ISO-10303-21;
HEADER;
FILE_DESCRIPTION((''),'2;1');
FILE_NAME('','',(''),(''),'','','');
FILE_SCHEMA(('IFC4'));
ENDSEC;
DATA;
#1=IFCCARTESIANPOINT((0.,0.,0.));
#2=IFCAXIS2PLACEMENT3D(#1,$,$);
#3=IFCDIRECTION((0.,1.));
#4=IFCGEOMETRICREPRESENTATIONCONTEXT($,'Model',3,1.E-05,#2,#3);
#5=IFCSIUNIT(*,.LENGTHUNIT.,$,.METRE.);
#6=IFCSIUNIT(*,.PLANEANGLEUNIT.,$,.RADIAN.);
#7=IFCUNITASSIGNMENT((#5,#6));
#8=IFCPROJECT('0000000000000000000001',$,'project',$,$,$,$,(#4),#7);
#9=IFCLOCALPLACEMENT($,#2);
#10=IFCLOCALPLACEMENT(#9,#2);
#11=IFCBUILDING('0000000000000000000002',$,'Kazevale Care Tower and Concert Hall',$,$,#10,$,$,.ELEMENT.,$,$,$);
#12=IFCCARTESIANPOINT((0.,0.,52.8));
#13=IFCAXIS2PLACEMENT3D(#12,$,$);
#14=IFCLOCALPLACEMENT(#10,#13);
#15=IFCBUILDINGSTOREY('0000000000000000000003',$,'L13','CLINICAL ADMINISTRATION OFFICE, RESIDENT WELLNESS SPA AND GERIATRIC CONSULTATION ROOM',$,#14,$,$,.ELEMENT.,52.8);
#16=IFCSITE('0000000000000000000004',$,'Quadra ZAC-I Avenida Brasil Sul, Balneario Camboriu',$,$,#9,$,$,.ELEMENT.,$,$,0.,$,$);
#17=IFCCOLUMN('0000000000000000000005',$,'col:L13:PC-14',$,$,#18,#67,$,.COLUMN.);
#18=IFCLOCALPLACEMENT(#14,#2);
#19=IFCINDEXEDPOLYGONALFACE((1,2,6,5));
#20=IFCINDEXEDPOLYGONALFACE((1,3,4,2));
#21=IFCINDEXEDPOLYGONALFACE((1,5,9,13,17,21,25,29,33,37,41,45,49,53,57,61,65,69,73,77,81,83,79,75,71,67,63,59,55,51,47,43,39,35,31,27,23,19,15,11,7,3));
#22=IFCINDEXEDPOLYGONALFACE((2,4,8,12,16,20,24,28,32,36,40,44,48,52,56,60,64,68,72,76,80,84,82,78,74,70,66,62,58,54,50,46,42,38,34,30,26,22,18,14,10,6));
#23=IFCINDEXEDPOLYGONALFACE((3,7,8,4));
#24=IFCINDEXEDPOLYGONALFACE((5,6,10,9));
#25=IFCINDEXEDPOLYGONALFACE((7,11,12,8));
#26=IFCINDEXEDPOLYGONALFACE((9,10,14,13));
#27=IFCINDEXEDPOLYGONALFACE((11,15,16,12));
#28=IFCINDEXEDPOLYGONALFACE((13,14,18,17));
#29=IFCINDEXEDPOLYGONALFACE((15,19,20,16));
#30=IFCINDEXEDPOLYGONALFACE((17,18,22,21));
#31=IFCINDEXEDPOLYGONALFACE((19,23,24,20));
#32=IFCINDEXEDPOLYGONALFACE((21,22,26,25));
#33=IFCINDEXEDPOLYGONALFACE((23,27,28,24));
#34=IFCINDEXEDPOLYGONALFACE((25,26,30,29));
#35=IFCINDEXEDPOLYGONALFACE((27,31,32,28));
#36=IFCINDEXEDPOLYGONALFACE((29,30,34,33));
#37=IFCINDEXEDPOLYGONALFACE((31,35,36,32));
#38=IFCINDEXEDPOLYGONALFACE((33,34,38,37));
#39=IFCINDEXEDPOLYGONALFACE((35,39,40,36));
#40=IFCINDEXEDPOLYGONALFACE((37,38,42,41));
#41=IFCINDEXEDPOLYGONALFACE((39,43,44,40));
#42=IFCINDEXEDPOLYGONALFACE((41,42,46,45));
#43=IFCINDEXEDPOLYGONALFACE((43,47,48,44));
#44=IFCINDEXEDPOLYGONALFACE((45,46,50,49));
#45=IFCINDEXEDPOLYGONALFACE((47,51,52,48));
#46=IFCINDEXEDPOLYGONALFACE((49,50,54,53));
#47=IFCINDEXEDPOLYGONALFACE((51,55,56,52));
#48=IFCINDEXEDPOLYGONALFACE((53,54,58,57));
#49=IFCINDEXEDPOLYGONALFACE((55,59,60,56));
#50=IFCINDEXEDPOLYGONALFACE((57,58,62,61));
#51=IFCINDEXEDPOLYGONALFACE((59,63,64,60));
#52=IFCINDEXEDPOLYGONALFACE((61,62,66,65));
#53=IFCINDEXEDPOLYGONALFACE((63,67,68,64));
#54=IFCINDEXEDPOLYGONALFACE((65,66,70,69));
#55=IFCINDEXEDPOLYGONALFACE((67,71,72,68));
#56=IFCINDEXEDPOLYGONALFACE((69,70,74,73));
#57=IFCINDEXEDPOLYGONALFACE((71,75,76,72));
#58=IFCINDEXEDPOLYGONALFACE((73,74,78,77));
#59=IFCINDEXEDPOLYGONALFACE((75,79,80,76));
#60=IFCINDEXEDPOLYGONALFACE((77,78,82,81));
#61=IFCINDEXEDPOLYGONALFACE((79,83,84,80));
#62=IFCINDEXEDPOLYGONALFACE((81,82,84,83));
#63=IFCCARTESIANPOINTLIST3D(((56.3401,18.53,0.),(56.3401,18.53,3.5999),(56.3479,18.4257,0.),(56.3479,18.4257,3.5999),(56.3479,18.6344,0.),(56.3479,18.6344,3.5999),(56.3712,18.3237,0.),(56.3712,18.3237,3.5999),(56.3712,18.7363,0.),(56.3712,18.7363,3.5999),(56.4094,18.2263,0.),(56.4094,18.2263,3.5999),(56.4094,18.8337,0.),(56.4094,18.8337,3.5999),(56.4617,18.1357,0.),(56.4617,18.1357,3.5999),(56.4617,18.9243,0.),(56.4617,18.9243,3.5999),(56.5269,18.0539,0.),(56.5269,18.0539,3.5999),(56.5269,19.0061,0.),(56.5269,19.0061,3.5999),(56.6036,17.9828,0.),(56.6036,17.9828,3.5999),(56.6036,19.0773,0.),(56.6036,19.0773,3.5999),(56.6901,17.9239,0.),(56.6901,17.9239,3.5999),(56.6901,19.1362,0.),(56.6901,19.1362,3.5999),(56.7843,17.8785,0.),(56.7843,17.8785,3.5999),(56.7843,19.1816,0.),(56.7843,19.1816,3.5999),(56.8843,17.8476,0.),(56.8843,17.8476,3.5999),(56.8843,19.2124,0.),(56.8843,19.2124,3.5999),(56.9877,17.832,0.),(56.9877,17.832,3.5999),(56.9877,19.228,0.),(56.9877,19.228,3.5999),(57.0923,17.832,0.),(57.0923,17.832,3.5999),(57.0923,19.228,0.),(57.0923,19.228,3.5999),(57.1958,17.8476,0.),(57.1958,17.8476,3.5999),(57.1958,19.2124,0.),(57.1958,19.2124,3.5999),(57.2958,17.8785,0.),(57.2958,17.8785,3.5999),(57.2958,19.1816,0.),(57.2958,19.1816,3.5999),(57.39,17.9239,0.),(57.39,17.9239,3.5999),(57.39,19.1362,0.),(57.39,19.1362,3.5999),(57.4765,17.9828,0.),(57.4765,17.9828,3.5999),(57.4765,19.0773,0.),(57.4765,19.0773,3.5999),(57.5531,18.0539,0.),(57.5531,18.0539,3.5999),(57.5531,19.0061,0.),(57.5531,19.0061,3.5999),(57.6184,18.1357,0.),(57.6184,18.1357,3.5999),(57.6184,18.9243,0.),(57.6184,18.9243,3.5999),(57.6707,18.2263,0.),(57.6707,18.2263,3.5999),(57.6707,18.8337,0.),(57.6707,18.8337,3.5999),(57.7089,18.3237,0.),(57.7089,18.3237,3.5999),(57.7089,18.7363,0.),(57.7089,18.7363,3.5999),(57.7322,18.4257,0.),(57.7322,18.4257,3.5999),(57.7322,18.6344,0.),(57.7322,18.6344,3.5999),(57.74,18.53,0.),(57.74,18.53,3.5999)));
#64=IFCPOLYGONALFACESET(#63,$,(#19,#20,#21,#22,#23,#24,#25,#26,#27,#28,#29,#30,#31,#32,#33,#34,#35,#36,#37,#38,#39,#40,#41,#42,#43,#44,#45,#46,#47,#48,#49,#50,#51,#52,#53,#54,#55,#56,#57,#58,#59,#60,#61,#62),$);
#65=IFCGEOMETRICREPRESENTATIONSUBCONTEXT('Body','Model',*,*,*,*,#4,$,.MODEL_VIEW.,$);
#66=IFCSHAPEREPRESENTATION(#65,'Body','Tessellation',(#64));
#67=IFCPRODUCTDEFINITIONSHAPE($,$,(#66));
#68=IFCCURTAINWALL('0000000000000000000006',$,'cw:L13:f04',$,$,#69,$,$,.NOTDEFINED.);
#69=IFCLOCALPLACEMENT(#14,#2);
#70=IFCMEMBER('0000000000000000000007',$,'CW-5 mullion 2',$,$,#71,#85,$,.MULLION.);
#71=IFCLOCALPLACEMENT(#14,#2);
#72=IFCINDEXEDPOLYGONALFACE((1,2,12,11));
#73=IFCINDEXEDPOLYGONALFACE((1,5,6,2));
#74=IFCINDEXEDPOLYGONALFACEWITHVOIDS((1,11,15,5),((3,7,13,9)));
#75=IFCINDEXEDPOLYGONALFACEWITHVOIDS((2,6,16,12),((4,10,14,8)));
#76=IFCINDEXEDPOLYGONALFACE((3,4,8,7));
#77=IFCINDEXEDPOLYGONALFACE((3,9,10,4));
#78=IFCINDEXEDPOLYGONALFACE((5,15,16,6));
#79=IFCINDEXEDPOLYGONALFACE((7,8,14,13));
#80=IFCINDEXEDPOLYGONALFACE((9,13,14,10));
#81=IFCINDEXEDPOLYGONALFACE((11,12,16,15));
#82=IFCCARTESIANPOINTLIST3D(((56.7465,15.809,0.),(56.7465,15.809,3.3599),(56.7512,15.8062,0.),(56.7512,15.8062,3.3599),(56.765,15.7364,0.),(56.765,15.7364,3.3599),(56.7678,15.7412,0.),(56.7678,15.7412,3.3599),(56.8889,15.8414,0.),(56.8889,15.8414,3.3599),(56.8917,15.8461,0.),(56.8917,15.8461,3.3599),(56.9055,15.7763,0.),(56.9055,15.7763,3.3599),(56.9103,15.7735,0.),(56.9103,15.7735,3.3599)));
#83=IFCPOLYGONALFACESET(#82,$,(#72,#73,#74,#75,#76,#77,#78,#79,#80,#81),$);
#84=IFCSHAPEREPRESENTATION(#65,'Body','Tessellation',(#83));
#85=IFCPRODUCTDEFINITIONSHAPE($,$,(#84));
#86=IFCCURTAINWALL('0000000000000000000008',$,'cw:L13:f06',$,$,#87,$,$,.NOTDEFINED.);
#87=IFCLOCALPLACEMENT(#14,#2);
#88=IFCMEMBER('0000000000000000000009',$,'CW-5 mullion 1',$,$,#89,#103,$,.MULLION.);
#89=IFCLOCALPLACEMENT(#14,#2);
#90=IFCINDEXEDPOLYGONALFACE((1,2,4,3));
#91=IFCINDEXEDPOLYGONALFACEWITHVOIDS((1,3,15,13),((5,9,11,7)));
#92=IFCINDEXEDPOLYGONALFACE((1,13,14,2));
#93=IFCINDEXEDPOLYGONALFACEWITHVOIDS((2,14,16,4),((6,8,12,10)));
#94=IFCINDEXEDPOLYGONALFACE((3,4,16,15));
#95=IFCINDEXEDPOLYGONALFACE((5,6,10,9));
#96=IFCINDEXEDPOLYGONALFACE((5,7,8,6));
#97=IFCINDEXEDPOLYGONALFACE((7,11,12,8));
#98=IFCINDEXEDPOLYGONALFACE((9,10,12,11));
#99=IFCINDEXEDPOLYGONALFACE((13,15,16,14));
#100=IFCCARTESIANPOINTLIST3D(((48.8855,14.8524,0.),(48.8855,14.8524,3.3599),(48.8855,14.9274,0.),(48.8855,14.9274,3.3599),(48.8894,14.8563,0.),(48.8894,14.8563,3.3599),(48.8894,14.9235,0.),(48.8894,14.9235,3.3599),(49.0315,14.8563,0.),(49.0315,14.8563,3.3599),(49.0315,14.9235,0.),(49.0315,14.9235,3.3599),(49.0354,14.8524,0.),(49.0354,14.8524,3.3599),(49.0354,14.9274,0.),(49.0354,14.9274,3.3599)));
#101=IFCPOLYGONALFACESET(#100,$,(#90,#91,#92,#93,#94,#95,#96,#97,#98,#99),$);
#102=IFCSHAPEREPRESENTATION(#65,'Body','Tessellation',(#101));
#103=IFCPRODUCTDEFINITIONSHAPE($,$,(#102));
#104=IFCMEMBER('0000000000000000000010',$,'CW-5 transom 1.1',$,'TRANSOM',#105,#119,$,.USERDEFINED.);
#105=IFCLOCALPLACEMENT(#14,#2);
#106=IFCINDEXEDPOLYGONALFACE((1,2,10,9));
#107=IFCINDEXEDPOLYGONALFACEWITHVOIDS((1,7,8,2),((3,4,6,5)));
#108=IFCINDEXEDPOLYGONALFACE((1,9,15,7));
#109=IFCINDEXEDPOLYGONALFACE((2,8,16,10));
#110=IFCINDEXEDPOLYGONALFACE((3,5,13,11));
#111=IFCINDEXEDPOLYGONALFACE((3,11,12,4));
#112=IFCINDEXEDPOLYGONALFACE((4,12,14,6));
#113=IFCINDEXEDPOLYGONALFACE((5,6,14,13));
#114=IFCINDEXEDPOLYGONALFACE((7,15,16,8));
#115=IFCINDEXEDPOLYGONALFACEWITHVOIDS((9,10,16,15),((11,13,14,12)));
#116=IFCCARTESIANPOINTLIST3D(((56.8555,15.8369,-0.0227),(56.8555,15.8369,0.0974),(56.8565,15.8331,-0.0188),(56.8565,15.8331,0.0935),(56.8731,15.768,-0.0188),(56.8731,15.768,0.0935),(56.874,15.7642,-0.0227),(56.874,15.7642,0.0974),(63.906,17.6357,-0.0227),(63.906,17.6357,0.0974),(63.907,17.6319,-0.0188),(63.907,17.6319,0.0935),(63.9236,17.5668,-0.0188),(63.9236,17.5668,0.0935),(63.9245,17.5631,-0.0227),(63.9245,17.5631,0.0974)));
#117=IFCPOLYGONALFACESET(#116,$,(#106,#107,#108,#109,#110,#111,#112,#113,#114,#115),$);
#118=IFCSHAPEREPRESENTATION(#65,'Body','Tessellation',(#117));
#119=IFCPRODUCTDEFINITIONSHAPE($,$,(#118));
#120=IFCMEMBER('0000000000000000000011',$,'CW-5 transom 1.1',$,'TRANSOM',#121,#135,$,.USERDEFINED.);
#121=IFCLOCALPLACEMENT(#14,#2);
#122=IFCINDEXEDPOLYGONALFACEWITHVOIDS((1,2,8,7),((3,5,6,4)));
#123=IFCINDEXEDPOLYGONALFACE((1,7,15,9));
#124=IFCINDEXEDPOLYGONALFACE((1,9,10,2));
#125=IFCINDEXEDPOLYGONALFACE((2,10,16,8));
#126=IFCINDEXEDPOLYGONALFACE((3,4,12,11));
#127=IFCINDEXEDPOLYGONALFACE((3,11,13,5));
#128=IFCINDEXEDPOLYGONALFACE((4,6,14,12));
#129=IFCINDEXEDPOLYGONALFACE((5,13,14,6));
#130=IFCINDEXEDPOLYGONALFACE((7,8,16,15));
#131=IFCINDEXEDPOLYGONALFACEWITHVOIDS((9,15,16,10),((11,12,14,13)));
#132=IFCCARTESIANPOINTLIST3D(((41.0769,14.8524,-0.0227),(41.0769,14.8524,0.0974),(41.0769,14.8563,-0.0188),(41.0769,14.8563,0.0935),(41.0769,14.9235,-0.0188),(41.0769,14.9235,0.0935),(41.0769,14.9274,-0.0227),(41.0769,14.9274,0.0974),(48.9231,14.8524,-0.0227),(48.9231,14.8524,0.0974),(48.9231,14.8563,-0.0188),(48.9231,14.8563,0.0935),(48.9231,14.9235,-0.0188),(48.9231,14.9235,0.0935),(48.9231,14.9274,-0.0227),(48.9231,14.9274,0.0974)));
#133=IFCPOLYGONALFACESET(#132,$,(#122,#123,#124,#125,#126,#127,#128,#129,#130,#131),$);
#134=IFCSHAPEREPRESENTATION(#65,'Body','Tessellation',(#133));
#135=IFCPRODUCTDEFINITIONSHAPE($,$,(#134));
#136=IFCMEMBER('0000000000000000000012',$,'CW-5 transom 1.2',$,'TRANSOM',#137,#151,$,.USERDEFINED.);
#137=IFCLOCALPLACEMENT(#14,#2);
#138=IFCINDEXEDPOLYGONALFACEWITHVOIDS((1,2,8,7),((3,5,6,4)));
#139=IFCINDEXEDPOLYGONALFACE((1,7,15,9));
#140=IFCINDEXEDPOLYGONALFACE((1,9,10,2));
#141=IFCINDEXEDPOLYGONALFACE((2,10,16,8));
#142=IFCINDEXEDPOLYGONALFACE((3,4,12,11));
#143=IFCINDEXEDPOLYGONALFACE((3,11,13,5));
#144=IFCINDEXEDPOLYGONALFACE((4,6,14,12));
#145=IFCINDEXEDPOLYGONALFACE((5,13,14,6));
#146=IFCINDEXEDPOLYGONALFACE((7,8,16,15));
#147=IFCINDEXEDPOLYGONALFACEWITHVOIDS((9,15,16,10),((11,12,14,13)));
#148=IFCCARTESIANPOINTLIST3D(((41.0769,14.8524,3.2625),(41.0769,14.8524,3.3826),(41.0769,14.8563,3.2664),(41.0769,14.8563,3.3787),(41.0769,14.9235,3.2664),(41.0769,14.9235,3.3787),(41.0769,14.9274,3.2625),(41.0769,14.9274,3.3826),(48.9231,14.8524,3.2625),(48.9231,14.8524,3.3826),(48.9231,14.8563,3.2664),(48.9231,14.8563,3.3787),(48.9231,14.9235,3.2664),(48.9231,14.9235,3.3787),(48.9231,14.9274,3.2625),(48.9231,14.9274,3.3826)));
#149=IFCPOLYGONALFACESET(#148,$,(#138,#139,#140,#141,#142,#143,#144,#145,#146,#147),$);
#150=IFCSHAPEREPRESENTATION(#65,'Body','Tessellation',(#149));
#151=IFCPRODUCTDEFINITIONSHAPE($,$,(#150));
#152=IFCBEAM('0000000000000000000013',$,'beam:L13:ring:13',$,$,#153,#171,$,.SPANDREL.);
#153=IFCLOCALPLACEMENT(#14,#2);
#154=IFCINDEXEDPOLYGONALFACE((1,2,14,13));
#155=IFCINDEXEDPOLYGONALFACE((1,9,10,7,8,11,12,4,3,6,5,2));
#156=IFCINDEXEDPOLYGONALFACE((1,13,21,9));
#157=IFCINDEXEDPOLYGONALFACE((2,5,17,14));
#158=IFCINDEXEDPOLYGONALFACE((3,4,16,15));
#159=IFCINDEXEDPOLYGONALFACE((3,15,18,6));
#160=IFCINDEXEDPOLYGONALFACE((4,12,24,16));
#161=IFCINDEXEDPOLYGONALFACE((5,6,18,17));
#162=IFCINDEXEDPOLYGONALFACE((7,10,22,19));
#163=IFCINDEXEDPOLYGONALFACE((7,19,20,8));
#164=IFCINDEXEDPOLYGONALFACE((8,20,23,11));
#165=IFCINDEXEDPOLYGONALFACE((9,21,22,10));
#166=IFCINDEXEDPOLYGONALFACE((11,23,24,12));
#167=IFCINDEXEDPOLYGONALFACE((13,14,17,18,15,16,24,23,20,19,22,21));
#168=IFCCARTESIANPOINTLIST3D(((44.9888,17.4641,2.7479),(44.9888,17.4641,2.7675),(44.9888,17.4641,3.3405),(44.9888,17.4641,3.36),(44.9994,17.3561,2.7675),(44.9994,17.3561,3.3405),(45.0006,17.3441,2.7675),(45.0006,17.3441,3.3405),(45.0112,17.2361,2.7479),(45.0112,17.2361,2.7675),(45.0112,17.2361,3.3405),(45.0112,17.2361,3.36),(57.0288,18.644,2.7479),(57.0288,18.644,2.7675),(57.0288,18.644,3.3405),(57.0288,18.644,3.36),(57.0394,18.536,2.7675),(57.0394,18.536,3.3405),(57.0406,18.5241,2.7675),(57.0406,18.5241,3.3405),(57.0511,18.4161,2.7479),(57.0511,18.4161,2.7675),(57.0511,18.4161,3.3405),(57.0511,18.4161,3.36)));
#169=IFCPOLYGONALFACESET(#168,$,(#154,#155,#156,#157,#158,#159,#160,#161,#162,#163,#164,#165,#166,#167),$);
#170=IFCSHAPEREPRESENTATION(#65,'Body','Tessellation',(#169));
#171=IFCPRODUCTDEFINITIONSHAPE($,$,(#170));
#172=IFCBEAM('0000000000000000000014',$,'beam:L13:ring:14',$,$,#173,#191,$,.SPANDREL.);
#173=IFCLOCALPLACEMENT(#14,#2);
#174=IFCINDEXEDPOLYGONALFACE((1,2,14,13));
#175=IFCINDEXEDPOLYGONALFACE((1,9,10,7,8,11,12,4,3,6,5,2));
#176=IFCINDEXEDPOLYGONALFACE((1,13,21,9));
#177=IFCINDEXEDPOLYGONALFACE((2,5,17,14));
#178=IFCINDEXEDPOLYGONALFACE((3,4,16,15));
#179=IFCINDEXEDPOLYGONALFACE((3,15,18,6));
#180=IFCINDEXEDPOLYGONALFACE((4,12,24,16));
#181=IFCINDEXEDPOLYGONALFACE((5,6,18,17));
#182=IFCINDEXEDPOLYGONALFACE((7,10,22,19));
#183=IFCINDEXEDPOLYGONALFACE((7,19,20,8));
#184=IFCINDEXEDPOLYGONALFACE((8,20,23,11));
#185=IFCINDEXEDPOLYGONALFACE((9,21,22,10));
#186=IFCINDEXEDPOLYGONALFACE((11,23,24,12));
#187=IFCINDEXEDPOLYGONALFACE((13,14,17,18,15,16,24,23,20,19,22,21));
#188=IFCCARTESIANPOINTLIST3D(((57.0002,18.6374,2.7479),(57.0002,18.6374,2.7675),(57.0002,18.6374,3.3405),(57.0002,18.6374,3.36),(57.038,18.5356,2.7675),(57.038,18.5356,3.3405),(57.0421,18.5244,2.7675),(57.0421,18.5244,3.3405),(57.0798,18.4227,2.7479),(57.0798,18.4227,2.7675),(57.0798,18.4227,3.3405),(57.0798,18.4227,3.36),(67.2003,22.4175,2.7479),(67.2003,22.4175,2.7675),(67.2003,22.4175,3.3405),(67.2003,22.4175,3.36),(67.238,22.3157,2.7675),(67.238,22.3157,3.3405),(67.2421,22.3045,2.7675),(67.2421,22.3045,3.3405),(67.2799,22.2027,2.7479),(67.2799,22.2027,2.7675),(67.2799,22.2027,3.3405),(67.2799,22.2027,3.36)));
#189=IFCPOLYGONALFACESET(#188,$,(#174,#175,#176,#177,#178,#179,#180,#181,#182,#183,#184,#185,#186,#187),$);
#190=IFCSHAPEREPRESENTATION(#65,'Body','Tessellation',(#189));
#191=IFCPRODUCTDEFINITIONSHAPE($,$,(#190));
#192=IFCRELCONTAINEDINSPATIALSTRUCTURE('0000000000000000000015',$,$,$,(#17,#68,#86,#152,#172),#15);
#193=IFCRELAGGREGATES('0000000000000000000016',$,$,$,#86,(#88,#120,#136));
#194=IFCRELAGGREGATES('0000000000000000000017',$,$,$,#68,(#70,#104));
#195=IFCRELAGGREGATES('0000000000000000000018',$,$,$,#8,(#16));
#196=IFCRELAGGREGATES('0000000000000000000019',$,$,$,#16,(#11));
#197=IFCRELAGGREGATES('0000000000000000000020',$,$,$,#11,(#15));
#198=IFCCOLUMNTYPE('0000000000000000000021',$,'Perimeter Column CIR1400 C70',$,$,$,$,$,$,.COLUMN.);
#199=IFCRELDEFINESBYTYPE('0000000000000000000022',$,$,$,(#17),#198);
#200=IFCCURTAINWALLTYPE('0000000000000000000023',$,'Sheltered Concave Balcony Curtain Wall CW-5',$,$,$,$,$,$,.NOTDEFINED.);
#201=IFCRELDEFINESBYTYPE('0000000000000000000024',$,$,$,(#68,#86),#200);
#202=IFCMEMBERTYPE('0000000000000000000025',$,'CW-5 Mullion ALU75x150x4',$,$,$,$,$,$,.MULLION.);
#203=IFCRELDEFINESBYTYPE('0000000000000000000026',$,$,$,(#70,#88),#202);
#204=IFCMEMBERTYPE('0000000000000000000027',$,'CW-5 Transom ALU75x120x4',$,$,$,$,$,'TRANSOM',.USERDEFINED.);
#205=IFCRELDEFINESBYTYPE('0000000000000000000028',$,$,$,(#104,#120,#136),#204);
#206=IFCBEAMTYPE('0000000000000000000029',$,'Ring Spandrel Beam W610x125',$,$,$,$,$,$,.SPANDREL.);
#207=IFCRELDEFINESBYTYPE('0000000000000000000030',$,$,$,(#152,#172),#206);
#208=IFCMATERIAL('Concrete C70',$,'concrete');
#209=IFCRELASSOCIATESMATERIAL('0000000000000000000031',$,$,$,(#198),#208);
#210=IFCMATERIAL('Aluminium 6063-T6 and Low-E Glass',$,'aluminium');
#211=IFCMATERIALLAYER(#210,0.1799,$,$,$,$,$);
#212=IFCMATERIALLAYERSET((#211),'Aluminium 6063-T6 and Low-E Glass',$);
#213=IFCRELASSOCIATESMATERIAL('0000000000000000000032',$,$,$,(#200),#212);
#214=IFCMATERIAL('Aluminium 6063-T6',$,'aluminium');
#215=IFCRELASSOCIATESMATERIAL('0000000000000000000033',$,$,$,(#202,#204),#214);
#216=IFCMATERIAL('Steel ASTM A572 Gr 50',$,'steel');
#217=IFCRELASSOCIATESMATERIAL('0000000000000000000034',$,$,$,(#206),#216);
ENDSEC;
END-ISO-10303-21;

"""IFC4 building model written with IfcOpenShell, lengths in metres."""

from ifc_helpers import new_model, si_unit, direction, frame, origin, origin_2d, place, context, subcontext, project, spatial, hollow_rectangle, circle, i_section, extrude, material, layer, layer_set, material_profile, profile_set, type_object, element, aggregate, save


model = new_model("IFC4")

# Units and contexts
model_context = context("Model", 3, precision=1e-05, world=origin(), true_north=direction((0.0, 1.0)))
body_context = subcontext(model_context, "Body", "Model", "MODEL_VIEW")
ifc_project = project(units=[si_unit("LENGTHUNIT", "METRE"), si_unit("PLANEANGLEUNIT", "RADIAN")], contexts=[model_context])

# Site, building, storey
site_placement = place(None, origin())
site = spatial("IfcSite", under=ifc_project, at=site_placement, Name="Quadra ZAC-I Avenida Brasil Sul, Balneario Camboriu", CompositionType="ELEMENT", RefElevation=0.0)
building_placement = place(site_placement, origin())
building = spatial("IfcBuilding", under=site, at=building_placement, Name="Kazevale Care Tower and Concert Hall", CompositionType="ELEMENT")
storey_placement = place(building_placement, frame((0.0, 0.0, 52.8)))
storey = spatial("IfcBuildingStorey", under=building, at=storey_placement, Name="L13", Description="CLINICAL ADMINISTRATION OFFICE, RESIDENT WELLNESS SPA AND GERIATRIC CONSULTATION ROOM", CompositionType="ELEMENT", Elevation=52.8)

# Column
ifc_material_1 = material(Name="Concrete C70", Category="concrete")
ifc_material_profile_1 = material_profile(ifc_material_1, circle(Radius=0.7, at=origin_2d()), Name="RC-CIR1400")
ifc_profile_set_1 = profile_set([ifc_material_profile_1], Name="Concrete C70")
column_type = type_object("IfcColumnType", Name="Perimeter Column CIR1400 C70", PredefinedType="COLUMN", material=ifc_profile_set_1)
column_placement = place(storey_placement, frame((57.04, 18.53, 0.0), z_axis=(0.0, 0.0, 1.0), x_axis=(1.0, 0.0, 0.0)))
element("IfcColumn", 1, at=column_placement, inside=storey, type_object=column_type, Name="col:L13:PC-14", PredefinedType="COLUMN", context=body_context, shape_type="SweptSolid", body=[
    extrude(circle(Radius=0.7, at=origin_2d()), origin(), (0.0, 0.0, 1.0), 3.5999),
])

# Curtain walls, members
ifc_material_2 = material(Name="Aluminium 6063-T6 and Low-E Glass", Category="aluminium")
ifc_layer_1 = layer(ifc_material_2, 0.1799)
ifc_layer_set_1 = layer_set([ifc_layer_1], Name="Aluminium 6063-T6 and Low-E Glass")
curtain_wall_type = type_object("IfcCurtainWallType", Name="Sheltered Concave Balcony Curtain Wall CW-5", PredefinedType="NOTDEFINED", material=ifc_layer_set_1)
curtain_wall_1_placement = place(storey_placement, origin())
curtain_wall_1 = element("IfcCurtainWall", 2, at=curtain_wall_1_placement, inside=storey, type_object=curtain_wall_type, Name="cw:L13:f04", PredefinedType="NOTDEFINED")
ifc_material_3 = material(Name="Aluminium 6063-T6", Category="aluminium")
ifc_material_profile_2 = material_profile(ifc_material_3, hollow_rectangle(XDim=0.075, YDim=0.1499, WallThickness=0.0039, at=origin_2d()), Name="ALU75x150x4")
ifc_profile_set_2 = profile_set([ifc_material_profile_2], Name="Aluminium 6063-T6")
member_type_1 = type_object("IfcMemberType", Name="CW-5 Mullion ALU75x150x4", PredefinedType="MULLION", material=ifc_profile_set_2)
member_1_placement = place(storey_placement, frame((56.8284, 15.7913, 0.0), z_axis=(0.0, 0.0, 1.0), x_axis=(0.247222, -0.968959, 0.0)))
member_1 = element("IfcMember", 3, at=member_1_placement, type_object=member_type_1, Name="CW-5 mullion 2", PredefinedType="MULLION", context=body_context, shape_type="SweptSolid", body=[
    extrude(hollow_rectangle(XDim=0.075, YDim=0.1499, WallThickness=0.0039, at=origin_2d()), origin(), (0.0, 0.0, 1.0), 3.3599),
])
curtain_wall_2_placement = place(storey_placement, origin())
curtain_wall_2 = element("IfcCurtainWall", 4, at=curtain_wall_2_placement, inside=storey, type_object=curtain_wall_type, Name="cw:L13:f06", PredefinedType="NOTDEFINED")
member_2_placement = place(storey_placement, frame((48.9604, 14.8899, 0.0), z_axis=(0.0, 0.0, 1.0), x_axis=(0.0, -1.0, 0.0)))
member_2 = element("IfcMember", 5, at=member_2_placement, type_object=member_type_1, Name="CW-5 mullion 1", PredefinedType="MULLION", context=body_context, shape_type="SweptSolid", body=[
    extrude(hollow_rectangle(XDim=0.075, YDim=0.1499, WallThickness=0.0039, at=origin_2d()), origin(), (0.0, 0.0, 1.0), 3.3599),
])

# Members
ifc_material_profile_3 = material_profile(ifc_material_3, hollow_rectangle(XDim=0.075, YDim=0.1201, WallThickness=0.0039, at=origin_2d()), Name="ALU75x120x4")
ifc_profile_set_3 = profile_set([ifc_material_profile_3], Name="Aluminium 6063-T6")
member_type_2 = type_object("IfcMemberType", Name="CW-5 Transom ALU75x120x4", ElementType="TRANSOM", PredefinedType="USERDEFINED", material=ifc_profile_set_3)
member_3_placement = place(storey_placement, frame((63.9153, 17.5994, 0.0374), z_axis=(-0.968961, -0.247214, 0.0), x_axis=(0.247214, -0.968961, 0.0)))
member_3 = element("IfcMember", 6, at=member_3_placement, type_object=member_type_2, Name="CW-5 transom 1.1", ObjectType="TRANSOM", PredefinedType="USERDEFINED", context=body_context, shape_type="SweptSolid", body=[
    extrude(hollow_rectangle(XDim=0.075, YDim=0.1201, WallThickness=0.0039, at=origin_2d()), origin(), (0.0, 0.0, 1.0), 7.2764),
])
member_4_placement = place(storey_placement, frame((48.9231, 14.8899, 0.0374), z_axis=(-1.0, 0.0, 0.0), x_axis=(0.0, -1.0, 0.0)))
member_4 = element("IfcMember", 7, at=member_4_placement, type_object=member_type_2, Name="CW-5 transom 1.1", ObjectType="TRANSOM", PredefinedType="USERDEFINED", context=body_context, shape_type="SweptSolid", body=[
    extrude(hollow_rectangle(XDim=0.075, YDim=0.1201, WallThickness=0.0039, at=origin_2d()), origin(), (0.0, 0.0, 1.0), 7.8462),
])
member_5_placement = place(storey_placement, frame((48.9231, 14.8899, 3.3225), z_axis=(-1.0, 0.0, 0.0), x_axis=(0.0, -1.0, 0.0)))
member_5 = element("IfcMember", 8, at=member_5_placement, type_object=member_type_2, Name="CW-5 transom 1.2", ObjectType="TRANSOM", PredefinedType="USERDEFINED", context=body_context, shape_type="SweptSolid", body=[
    extrude(hollow_rectangle(XDim=0.075, YDim=0.1201, WallThickness=0.0039, at=origin_2d()), origin(), (0.0, 0.0, 1.0), 7.8462),
])
aggregate(curtain_wall_2, [member_2, member_4, member_5])

# Beams
ifc_material_4 = material(Name="Steel ASTM A572 Gr 50", Category="steel")
ifc_material_profile_4 = material_profile(ifc_material_4, i_section(OverallWidth=0.229, OverallDepth=0.6121, WebThickness=0.012, FlangeThickness=0.0195, at=origin_2d()), Name="W610x125")
ifc_profile_set_4 = profile_set([ifc_material_profile_4], Name="Steel ASTM A572 Gr 50")
beam_type_1 = type_object("IfcBeamType", Name="Ring Spandrel Beam W610x125", PredefinedType="SPANDREL", material=ifc_profile_set_4)
beam_1_placement = place(storey_placement, frame((45.0, 17.3501, 3.054), z_axis=(0.995232, 0.097533, 0.0), x_axis=(-0.097533, 0.995232, 0.0)))
element("IfcBeam", 9, at=beam_1_placement, inside=storey, type_object=beam_type_1, Name="beam:L13:ring:13", PredefinedType="SPANDREL", context=body_context, shape_type="SweptSolid", body=[
    extrude(i_section(OverallWidth=0.229, OverallDepth=0.6121, WebThickness=0.012, FlangeThickness=0.0195, at=origin_2d()), origin(), (0.0, 0.0, 1.0), 12.0977),
])
beam_2_placement = place(storey_placement, frame((57.04, 18.53, 3.054), z_axis=(0.937681, 0.347498, 0.0), x_axis=(-0.347498, 0.937681, 0.0)))
element("IfcBeam", 10, at=beam_2_placement, inside=storey, type_object=beam_type_1, Name="beam:L13:ring:14", PredefinedType="SPANDREL", context=body_context, shape_type="SweptSolid", body=[
    extrude(i_section(OverallWidth=0.229, OverallDepth=0.6121, WebThickness=0.012, FlangeThickness=0.0195, at=origin_2d()), origin(), (0.0, 0.0, 1.0), 10.8779),
])

aggregate(curtain_wall_1, [member_1, member_3])

save(model, "model.ifc")
